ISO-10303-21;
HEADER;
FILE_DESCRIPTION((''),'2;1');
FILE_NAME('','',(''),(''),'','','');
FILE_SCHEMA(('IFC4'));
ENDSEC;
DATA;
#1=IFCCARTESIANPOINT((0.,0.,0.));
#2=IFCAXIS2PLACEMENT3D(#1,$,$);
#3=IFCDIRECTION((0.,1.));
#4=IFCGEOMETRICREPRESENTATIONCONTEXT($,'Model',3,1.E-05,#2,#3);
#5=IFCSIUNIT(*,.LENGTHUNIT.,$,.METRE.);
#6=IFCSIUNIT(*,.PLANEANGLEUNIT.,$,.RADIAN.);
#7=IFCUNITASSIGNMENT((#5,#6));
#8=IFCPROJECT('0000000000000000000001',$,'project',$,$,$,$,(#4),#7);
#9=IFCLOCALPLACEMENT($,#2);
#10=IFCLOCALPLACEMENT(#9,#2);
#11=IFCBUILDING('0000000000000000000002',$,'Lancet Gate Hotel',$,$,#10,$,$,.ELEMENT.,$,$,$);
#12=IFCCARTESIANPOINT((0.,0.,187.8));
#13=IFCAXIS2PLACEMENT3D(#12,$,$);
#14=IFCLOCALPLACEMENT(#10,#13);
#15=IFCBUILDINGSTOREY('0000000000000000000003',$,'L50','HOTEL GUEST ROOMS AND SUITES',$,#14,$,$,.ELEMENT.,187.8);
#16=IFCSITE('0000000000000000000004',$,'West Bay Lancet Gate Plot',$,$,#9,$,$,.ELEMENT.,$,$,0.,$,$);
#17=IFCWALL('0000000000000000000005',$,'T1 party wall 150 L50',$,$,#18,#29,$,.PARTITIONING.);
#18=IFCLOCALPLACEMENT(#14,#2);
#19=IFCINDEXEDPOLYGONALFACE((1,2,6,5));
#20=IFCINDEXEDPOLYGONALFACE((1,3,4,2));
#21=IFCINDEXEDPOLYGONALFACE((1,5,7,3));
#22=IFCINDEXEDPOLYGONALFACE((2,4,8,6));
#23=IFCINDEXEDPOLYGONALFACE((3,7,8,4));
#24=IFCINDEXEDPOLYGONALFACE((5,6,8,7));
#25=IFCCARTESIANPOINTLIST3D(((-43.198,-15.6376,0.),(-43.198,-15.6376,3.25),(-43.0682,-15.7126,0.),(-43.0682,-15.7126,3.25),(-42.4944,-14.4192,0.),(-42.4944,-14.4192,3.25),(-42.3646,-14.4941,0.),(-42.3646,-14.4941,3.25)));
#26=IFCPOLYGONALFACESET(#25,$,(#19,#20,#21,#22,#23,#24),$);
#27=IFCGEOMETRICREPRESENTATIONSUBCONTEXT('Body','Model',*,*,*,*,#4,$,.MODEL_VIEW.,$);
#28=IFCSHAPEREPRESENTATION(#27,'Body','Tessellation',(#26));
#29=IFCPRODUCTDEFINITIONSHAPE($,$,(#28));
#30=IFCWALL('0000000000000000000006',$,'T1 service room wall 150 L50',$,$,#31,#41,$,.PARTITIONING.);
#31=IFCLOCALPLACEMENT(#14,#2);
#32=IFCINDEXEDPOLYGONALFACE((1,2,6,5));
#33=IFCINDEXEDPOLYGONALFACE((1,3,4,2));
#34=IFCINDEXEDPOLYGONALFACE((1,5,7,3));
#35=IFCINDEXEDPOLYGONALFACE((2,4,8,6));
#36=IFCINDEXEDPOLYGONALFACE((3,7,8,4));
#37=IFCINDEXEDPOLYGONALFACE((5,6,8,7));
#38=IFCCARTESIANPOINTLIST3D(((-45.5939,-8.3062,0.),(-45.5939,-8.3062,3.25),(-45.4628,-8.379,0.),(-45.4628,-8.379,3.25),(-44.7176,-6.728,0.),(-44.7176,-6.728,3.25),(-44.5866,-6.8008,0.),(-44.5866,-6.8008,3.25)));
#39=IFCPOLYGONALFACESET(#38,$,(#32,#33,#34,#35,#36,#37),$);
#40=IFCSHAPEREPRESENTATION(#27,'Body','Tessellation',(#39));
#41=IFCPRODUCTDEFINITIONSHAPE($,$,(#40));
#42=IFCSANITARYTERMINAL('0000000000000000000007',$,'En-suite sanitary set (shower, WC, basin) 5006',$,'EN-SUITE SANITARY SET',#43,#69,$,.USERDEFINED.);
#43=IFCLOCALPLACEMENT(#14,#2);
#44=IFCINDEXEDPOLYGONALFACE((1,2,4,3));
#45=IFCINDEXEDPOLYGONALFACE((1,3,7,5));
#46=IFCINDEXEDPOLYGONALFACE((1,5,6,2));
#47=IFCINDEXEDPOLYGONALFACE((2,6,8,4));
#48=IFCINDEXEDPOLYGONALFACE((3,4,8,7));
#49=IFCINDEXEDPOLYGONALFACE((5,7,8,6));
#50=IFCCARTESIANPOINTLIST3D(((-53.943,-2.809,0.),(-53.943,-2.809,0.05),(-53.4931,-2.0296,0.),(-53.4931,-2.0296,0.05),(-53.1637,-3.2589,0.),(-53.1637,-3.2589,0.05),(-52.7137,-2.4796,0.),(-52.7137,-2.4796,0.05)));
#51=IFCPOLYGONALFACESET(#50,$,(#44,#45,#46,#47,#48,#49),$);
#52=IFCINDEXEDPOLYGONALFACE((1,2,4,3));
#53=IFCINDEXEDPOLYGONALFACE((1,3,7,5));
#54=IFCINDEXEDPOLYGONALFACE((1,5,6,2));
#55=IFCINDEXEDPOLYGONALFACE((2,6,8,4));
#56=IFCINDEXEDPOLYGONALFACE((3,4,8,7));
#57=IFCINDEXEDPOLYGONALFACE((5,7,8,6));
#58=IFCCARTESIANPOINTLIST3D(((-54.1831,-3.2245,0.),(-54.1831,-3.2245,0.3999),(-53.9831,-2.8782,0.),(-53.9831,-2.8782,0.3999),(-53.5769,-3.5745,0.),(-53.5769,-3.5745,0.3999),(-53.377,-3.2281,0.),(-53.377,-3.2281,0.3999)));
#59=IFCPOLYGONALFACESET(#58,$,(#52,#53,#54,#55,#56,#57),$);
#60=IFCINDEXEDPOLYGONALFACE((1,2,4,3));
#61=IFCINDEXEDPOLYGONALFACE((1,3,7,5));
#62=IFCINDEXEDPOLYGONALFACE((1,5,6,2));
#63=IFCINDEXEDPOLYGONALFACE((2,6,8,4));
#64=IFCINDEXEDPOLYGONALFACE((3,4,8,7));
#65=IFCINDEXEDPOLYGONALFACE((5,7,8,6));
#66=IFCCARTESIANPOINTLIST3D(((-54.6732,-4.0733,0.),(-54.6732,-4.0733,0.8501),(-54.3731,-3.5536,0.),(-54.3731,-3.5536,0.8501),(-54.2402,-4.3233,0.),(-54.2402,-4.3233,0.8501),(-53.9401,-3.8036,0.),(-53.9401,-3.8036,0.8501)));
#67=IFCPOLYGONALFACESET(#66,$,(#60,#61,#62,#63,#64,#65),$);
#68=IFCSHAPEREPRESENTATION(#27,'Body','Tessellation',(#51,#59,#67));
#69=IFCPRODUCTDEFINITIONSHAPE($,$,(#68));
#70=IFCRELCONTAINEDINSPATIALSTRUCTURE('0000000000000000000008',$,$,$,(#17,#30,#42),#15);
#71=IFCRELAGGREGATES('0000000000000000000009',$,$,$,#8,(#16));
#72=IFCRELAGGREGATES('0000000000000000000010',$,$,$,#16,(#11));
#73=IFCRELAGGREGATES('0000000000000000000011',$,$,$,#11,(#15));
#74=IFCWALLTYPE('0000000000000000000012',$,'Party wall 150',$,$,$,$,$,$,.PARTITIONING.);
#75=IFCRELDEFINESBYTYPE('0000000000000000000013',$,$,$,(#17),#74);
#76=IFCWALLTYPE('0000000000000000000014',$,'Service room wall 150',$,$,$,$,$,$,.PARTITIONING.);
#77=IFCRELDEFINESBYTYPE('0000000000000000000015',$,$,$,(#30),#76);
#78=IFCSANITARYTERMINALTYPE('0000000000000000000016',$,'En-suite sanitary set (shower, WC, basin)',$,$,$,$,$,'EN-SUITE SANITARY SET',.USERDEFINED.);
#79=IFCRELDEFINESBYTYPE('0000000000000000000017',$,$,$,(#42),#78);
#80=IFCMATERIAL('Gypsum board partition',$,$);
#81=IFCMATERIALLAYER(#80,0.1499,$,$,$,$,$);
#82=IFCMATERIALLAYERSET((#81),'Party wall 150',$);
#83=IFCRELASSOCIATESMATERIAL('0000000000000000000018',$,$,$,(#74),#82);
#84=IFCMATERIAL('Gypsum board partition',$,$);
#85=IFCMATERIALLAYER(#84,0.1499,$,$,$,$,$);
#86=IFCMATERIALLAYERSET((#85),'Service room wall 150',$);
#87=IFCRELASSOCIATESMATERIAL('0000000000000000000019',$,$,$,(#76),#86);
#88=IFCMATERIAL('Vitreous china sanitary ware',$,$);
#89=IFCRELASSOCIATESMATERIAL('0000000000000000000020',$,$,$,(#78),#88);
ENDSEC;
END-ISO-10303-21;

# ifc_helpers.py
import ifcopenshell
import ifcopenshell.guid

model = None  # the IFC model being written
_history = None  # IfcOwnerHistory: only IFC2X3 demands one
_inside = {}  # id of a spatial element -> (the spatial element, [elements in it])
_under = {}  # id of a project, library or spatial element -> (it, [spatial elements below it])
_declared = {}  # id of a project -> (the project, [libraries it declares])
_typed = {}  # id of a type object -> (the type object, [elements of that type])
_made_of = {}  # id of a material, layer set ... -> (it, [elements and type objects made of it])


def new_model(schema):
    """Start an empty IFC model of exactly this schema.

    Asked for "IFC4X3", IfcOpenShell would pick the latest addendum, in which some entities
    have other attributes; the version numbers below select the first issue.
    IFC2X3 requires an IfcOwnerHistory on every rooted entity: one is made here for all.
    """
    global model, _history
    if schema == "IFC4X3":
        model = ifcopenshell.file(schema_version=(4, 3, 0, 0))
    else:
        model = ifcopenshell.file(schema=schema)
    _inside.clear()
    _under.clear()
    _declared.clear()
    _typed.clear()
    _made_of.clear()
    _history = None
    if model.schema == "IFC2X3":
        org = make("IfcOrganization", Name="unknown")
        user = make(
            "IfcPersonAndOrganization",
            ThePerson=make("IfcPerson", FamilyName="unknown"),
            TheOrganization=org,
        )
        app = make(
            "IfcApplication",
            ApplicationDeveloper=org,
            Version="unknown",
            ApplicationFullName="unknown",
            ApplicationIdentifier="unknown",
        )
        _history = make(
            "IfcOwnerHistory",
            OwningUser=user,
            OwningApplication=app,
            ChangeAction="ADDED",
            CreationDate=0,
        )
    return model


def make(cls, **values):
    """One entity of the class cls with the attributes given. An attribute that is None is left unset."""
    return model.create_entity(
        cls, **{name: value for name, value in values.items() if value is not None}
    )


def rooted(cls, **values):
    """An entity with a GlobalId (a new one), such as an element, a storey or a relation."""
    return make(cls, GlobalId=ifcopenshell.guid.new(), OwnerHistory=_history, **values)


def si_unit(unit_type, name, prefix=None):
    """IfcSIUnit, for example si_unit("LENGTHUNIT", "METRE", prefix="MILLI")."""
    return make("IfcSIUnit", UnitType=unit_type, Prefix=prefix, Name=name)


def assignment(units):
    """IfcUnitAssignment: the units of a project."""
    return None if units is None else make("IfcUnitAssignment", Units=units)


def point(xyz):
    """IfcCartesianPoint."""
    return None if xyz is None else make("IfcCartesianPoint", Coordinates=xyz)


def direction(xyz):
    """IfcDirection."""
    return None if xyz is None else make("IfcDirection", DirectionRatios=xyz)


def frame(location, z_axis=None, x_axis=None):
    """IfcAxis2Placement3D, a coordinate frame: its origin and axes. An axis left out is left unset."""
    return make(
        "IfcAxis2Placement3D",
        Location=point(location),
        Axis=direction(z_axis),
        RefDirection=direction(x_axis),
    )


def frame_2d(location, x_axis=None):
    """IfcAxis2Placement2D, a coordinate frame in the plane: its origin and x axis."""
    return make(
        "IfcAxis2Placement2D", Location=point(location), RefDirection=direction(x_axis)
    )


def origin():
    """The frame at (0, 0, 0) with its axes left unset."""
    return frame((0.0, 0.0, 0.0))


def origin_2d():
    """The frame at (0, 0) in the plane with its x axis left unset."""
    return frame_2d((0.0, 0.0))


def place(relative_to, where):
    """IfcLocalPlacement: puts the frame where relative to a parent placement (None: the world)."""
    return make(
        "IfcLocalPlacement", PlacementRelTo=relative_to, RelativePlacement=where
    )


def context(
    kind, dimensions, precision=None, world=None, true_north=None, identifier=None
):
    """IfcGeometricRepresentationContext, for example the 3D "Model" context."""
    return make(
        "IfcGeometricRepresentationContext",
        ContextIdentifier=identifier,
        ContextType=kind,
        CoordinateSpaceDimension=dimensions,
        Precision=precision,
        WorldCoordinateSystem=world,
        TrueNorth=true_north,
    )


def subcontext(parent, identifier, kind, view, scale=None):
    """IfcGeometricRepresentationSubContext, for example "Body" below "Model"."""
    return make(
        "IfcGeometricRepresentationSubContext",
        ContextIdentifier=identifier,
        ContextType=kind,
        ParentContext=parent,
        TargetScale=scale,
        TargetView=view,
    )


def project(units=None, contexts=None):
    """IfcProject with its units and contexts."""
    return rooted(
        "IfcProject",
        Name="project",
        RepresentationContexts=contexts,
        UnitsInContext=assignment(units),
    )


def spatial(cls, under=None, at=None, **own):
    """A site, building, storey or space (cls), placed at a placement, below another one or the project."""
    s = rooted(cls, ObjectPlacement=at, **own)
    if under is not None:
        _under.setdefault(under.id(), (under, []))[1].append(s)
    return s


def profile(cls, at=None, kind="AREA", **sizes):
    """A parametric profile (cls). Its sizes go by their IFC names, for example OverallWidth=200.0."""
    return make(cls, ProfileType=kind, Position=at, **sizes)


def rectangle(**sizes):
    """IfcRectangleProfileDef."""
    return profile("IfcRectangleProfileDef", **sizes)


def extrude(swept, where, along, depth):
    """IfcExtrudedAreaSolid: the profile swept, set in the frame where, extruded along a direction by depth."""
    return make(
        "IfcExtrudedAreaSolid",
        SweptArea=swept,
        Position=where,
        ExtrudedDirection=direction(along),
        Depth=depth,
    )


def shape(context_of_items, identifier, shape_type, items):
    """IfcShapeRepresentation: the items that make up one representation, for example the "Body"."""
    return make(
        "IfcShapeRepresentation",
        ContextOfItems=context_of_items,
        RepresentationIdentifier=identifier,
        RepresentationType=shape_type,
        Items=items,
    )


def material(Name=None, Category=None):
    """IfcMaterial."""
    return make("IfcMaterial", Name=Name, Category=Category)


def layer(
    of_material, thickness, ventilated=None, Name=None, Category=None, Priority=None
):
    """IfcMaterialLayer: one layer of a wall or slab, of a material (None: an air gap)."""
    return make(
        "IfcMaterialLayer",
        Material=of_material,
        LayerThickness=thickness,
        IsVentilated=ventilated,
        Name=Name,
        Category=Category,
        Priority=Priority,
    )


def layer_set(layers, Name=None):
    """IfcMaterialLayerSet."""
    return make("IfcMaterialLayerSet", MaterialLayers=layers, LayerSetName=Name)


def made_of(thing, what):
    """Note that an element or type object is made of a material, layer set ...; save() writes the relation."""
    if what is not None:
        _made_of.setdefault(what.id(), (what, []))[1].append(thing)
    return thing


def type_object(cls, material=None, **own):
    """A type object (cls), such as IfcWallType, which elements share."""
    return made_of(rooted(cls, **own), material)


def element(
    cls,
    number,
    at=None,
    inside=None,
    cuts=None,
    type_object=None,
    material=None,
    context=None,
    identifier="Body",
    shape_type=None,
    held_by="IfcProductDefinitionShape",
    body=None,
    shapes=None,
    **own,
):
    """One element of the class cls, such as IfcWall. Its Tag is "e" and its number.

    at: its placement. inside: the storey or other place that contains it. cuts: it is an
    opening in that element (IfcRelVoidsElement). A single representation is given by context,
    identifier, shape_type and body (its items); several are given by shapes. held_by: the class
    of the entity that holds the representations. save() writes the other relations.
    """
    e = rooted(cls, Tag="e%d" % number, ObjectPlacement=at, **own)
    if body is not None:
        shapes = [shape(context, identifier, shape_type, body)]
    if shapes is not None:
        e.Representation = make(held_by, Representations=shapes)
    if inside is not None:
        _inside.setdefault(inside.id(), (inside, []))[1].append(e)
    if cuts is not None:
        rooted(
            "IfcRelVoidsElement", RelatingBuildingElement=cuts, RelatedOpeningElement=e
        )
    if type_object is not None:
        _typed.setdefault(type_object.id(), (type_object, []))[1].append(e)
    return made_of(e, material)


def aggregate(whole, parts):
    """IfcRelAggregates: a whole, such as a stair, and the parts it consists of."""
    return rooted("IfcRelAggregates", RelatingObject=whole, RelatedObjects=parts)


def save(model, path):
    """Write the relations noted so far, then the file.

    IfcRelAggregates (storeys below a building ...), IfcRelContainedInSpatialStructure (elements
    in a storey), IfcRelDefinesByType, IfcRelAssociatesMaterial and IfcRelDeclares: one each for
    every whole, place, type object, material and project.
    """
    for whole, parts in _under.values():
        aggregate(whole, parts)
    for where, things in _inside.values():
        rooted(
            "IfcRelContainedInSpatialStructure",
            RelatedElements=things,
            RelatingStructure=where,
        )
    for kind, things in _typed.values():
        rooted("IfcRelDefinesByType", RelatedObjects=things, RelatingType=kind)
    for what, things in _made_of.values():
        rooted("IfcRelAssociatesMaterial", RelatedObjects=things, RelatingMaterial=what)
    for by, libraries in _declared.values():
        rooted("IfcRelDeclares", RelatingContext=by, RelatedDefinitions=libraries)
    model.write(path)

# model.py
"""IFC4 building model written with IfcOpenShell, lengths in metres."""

from ifc_helpers import new_model, si_unit, direction, frame, frame_2d, origin, origin_2d, place, context, subcontext, project, spatial, rectangle, extrude, material, layer, layer_set, type_object, element, save


model = new_model("IFC4")

# Units and contexts
model_context = context("Model", 3, precision=1e-05, world=origin(), true_north=direction((0.0, 1.0)))
body_context = subcontext(model_context, "Body", "Model", "MODEL_VIEW")
ifc_project = project(units=[si_unit("LENGTHUNIT", "METRE"), si_unit("PLANEANGLEUNIT", "RADIAN")], contexts=[model_context])

# Site, building, storey
site_placement = place(None, origin())
site = spatial("IfcSite", under=ifc_project, at=site_placement, Name="West Bay Lancet Gate Plot", CompositionType="ELEMENT", RefElevation=0.0)
building_placement = place(site_placement, origin())
building = spatial("IfcBuilding", under=site, at=building_placement, Name="Lancet Gate Hotel", CompositionType="ELEMENT")
storey_placement = place(building_placement, frame((0.0, 0.0, 187.8)))
storey = spatial("IfcBuildingStorey", under=building, at=storey_placement, Name="L50", Description="HOTEL GUEST ROOMS AND SUITES", CompositionType="ELEMENT", Elevation=187.8)

# Walls
ifc_material_1 = material(Name="Gypsum board partition")
ifc_layer_1 = layer(ifc_material_1, 0.1499)
ifc_layer_set_1 = layer_set([ifc_layer_1], Name="Party wall 150")
wall_type_1 = type_object("IfcWallType", Name="Party wall 150", PredefinedType="PARTITIONING", material=ifc_layer_set_1)
wall_1_placement = place(storey_placement, frame((-42.4294, -14.4565, 0.0), z_axis=(0.0, 0.0, 1.0), x_axis=(-0.500058, -0.865992, 0.0)))
element("IfcWall", 1, at=wall_1_placement, inside=storey, type_object=wall_type_1, Name="T1 party wall 150 L50", PredefinedType="PARTITIONING", context=body_context, shape_type="SweptSolid", body=[
    extrude(rectangle(XDim=1.407, YDim=0.1499, at=frame_2d((0.7036, 0.0))), origin(), (0.0, 0.0, 1.0), 3.25),
])
ifc_material_2 = material(Name="Gypsum board partition")
ifc_layer_2 = layer(ifc_material_2, 0.1499)
ifc_layer_set_2 = layer_set([ifc_layer_2], Name="Service room wall 150")
wall_type_2 = type_object("IfcWallType", Name="Service room wall 150", PredefinedType="PARTITIONING", material=ifc_layer_set_2)
wall_2_placement = place(storey_placement, frame((-44.6521, -6.7644, 0.0), z_axis=(0.0, 0.0, 1.0), x_axis=(-0.485425, -0.874278, 0.0)))
element("IfcWall", 2, at=wall_2_placement, inside=storey, type_object=wall_type_2, Name="T1 service room wall 150 L50", PredefinedType="PARTITIONING", context=body_context, shape_type="SweptSolid", body=[
    extrude(rectangle(XDim=1.8052, YDim=0.1499, at=frame_2d((0.9026, 0.0))), origin(), (0.0, 0.0, 1.0), 3.25),
])

# Sanitary terminal
ifc_material_3 = material(Name="Vitreous china sanitary ware")
sanitary_terminal_type = type_object("IfcSanitaryTerminalType", Name="En-suite sanitary set (shower, WC, basin)", ElementType="EN-SUITE SANITARY SET", PredefinedType="USERDEFINED", material=ifc_material_3)
sanitary_terminal_placement = place(storey_placement, frame((-53.3284, -2.6443, 0.0), z_axis=(0.0, 0.0, 1.0), x_axis=(1.0, 0.0, 0.0)))
element("IfcSanitaryTerminal", 3, at=sanitary_terminal_placement, inside=storey, type_object=sanitary_terminal_type, Name="En-suite sanitary set (shower, WC, basin) 5006", ObjectType="EN-SUITE SANITARY SET", PredefinedType="USERDEFINED", context=body_context, shape_type="SweptSolid", body=[
    extrude(rectangle(XDim=0.8999, YDim=0.8999, at=origin_2d()), frame((0.0, 0.0, 0.0), z_axis=(0.0, 0.0, 1.0), x_axis=(0.5, 0.866025, 0.0)), (0.0, 0.0, 1.0), 0.05),
    extrude(rectangle(XDim=0.3999, YDim=0.7, at=origin_2d()), frame((-0.4517, -0.582, 0.0), z_axis=(0.0, 0.0, 1.0), x_axis=(0.5, 0.866025, 0.0)), (0.0, 0.0, 1.0), 0.3999),
    extrude(rectangle(XDim=0.6001, YDim=0.5, at=origin_2d()), frame((-0.9783, -1.2942, 0.0), z_axis=(0.0, 0.0, 1.0), x_axis=(0.5, 0.866025, 0.0)), (0.0, 0.0, 1.0), 0.8501),
])

save(model, "model.ifc")
